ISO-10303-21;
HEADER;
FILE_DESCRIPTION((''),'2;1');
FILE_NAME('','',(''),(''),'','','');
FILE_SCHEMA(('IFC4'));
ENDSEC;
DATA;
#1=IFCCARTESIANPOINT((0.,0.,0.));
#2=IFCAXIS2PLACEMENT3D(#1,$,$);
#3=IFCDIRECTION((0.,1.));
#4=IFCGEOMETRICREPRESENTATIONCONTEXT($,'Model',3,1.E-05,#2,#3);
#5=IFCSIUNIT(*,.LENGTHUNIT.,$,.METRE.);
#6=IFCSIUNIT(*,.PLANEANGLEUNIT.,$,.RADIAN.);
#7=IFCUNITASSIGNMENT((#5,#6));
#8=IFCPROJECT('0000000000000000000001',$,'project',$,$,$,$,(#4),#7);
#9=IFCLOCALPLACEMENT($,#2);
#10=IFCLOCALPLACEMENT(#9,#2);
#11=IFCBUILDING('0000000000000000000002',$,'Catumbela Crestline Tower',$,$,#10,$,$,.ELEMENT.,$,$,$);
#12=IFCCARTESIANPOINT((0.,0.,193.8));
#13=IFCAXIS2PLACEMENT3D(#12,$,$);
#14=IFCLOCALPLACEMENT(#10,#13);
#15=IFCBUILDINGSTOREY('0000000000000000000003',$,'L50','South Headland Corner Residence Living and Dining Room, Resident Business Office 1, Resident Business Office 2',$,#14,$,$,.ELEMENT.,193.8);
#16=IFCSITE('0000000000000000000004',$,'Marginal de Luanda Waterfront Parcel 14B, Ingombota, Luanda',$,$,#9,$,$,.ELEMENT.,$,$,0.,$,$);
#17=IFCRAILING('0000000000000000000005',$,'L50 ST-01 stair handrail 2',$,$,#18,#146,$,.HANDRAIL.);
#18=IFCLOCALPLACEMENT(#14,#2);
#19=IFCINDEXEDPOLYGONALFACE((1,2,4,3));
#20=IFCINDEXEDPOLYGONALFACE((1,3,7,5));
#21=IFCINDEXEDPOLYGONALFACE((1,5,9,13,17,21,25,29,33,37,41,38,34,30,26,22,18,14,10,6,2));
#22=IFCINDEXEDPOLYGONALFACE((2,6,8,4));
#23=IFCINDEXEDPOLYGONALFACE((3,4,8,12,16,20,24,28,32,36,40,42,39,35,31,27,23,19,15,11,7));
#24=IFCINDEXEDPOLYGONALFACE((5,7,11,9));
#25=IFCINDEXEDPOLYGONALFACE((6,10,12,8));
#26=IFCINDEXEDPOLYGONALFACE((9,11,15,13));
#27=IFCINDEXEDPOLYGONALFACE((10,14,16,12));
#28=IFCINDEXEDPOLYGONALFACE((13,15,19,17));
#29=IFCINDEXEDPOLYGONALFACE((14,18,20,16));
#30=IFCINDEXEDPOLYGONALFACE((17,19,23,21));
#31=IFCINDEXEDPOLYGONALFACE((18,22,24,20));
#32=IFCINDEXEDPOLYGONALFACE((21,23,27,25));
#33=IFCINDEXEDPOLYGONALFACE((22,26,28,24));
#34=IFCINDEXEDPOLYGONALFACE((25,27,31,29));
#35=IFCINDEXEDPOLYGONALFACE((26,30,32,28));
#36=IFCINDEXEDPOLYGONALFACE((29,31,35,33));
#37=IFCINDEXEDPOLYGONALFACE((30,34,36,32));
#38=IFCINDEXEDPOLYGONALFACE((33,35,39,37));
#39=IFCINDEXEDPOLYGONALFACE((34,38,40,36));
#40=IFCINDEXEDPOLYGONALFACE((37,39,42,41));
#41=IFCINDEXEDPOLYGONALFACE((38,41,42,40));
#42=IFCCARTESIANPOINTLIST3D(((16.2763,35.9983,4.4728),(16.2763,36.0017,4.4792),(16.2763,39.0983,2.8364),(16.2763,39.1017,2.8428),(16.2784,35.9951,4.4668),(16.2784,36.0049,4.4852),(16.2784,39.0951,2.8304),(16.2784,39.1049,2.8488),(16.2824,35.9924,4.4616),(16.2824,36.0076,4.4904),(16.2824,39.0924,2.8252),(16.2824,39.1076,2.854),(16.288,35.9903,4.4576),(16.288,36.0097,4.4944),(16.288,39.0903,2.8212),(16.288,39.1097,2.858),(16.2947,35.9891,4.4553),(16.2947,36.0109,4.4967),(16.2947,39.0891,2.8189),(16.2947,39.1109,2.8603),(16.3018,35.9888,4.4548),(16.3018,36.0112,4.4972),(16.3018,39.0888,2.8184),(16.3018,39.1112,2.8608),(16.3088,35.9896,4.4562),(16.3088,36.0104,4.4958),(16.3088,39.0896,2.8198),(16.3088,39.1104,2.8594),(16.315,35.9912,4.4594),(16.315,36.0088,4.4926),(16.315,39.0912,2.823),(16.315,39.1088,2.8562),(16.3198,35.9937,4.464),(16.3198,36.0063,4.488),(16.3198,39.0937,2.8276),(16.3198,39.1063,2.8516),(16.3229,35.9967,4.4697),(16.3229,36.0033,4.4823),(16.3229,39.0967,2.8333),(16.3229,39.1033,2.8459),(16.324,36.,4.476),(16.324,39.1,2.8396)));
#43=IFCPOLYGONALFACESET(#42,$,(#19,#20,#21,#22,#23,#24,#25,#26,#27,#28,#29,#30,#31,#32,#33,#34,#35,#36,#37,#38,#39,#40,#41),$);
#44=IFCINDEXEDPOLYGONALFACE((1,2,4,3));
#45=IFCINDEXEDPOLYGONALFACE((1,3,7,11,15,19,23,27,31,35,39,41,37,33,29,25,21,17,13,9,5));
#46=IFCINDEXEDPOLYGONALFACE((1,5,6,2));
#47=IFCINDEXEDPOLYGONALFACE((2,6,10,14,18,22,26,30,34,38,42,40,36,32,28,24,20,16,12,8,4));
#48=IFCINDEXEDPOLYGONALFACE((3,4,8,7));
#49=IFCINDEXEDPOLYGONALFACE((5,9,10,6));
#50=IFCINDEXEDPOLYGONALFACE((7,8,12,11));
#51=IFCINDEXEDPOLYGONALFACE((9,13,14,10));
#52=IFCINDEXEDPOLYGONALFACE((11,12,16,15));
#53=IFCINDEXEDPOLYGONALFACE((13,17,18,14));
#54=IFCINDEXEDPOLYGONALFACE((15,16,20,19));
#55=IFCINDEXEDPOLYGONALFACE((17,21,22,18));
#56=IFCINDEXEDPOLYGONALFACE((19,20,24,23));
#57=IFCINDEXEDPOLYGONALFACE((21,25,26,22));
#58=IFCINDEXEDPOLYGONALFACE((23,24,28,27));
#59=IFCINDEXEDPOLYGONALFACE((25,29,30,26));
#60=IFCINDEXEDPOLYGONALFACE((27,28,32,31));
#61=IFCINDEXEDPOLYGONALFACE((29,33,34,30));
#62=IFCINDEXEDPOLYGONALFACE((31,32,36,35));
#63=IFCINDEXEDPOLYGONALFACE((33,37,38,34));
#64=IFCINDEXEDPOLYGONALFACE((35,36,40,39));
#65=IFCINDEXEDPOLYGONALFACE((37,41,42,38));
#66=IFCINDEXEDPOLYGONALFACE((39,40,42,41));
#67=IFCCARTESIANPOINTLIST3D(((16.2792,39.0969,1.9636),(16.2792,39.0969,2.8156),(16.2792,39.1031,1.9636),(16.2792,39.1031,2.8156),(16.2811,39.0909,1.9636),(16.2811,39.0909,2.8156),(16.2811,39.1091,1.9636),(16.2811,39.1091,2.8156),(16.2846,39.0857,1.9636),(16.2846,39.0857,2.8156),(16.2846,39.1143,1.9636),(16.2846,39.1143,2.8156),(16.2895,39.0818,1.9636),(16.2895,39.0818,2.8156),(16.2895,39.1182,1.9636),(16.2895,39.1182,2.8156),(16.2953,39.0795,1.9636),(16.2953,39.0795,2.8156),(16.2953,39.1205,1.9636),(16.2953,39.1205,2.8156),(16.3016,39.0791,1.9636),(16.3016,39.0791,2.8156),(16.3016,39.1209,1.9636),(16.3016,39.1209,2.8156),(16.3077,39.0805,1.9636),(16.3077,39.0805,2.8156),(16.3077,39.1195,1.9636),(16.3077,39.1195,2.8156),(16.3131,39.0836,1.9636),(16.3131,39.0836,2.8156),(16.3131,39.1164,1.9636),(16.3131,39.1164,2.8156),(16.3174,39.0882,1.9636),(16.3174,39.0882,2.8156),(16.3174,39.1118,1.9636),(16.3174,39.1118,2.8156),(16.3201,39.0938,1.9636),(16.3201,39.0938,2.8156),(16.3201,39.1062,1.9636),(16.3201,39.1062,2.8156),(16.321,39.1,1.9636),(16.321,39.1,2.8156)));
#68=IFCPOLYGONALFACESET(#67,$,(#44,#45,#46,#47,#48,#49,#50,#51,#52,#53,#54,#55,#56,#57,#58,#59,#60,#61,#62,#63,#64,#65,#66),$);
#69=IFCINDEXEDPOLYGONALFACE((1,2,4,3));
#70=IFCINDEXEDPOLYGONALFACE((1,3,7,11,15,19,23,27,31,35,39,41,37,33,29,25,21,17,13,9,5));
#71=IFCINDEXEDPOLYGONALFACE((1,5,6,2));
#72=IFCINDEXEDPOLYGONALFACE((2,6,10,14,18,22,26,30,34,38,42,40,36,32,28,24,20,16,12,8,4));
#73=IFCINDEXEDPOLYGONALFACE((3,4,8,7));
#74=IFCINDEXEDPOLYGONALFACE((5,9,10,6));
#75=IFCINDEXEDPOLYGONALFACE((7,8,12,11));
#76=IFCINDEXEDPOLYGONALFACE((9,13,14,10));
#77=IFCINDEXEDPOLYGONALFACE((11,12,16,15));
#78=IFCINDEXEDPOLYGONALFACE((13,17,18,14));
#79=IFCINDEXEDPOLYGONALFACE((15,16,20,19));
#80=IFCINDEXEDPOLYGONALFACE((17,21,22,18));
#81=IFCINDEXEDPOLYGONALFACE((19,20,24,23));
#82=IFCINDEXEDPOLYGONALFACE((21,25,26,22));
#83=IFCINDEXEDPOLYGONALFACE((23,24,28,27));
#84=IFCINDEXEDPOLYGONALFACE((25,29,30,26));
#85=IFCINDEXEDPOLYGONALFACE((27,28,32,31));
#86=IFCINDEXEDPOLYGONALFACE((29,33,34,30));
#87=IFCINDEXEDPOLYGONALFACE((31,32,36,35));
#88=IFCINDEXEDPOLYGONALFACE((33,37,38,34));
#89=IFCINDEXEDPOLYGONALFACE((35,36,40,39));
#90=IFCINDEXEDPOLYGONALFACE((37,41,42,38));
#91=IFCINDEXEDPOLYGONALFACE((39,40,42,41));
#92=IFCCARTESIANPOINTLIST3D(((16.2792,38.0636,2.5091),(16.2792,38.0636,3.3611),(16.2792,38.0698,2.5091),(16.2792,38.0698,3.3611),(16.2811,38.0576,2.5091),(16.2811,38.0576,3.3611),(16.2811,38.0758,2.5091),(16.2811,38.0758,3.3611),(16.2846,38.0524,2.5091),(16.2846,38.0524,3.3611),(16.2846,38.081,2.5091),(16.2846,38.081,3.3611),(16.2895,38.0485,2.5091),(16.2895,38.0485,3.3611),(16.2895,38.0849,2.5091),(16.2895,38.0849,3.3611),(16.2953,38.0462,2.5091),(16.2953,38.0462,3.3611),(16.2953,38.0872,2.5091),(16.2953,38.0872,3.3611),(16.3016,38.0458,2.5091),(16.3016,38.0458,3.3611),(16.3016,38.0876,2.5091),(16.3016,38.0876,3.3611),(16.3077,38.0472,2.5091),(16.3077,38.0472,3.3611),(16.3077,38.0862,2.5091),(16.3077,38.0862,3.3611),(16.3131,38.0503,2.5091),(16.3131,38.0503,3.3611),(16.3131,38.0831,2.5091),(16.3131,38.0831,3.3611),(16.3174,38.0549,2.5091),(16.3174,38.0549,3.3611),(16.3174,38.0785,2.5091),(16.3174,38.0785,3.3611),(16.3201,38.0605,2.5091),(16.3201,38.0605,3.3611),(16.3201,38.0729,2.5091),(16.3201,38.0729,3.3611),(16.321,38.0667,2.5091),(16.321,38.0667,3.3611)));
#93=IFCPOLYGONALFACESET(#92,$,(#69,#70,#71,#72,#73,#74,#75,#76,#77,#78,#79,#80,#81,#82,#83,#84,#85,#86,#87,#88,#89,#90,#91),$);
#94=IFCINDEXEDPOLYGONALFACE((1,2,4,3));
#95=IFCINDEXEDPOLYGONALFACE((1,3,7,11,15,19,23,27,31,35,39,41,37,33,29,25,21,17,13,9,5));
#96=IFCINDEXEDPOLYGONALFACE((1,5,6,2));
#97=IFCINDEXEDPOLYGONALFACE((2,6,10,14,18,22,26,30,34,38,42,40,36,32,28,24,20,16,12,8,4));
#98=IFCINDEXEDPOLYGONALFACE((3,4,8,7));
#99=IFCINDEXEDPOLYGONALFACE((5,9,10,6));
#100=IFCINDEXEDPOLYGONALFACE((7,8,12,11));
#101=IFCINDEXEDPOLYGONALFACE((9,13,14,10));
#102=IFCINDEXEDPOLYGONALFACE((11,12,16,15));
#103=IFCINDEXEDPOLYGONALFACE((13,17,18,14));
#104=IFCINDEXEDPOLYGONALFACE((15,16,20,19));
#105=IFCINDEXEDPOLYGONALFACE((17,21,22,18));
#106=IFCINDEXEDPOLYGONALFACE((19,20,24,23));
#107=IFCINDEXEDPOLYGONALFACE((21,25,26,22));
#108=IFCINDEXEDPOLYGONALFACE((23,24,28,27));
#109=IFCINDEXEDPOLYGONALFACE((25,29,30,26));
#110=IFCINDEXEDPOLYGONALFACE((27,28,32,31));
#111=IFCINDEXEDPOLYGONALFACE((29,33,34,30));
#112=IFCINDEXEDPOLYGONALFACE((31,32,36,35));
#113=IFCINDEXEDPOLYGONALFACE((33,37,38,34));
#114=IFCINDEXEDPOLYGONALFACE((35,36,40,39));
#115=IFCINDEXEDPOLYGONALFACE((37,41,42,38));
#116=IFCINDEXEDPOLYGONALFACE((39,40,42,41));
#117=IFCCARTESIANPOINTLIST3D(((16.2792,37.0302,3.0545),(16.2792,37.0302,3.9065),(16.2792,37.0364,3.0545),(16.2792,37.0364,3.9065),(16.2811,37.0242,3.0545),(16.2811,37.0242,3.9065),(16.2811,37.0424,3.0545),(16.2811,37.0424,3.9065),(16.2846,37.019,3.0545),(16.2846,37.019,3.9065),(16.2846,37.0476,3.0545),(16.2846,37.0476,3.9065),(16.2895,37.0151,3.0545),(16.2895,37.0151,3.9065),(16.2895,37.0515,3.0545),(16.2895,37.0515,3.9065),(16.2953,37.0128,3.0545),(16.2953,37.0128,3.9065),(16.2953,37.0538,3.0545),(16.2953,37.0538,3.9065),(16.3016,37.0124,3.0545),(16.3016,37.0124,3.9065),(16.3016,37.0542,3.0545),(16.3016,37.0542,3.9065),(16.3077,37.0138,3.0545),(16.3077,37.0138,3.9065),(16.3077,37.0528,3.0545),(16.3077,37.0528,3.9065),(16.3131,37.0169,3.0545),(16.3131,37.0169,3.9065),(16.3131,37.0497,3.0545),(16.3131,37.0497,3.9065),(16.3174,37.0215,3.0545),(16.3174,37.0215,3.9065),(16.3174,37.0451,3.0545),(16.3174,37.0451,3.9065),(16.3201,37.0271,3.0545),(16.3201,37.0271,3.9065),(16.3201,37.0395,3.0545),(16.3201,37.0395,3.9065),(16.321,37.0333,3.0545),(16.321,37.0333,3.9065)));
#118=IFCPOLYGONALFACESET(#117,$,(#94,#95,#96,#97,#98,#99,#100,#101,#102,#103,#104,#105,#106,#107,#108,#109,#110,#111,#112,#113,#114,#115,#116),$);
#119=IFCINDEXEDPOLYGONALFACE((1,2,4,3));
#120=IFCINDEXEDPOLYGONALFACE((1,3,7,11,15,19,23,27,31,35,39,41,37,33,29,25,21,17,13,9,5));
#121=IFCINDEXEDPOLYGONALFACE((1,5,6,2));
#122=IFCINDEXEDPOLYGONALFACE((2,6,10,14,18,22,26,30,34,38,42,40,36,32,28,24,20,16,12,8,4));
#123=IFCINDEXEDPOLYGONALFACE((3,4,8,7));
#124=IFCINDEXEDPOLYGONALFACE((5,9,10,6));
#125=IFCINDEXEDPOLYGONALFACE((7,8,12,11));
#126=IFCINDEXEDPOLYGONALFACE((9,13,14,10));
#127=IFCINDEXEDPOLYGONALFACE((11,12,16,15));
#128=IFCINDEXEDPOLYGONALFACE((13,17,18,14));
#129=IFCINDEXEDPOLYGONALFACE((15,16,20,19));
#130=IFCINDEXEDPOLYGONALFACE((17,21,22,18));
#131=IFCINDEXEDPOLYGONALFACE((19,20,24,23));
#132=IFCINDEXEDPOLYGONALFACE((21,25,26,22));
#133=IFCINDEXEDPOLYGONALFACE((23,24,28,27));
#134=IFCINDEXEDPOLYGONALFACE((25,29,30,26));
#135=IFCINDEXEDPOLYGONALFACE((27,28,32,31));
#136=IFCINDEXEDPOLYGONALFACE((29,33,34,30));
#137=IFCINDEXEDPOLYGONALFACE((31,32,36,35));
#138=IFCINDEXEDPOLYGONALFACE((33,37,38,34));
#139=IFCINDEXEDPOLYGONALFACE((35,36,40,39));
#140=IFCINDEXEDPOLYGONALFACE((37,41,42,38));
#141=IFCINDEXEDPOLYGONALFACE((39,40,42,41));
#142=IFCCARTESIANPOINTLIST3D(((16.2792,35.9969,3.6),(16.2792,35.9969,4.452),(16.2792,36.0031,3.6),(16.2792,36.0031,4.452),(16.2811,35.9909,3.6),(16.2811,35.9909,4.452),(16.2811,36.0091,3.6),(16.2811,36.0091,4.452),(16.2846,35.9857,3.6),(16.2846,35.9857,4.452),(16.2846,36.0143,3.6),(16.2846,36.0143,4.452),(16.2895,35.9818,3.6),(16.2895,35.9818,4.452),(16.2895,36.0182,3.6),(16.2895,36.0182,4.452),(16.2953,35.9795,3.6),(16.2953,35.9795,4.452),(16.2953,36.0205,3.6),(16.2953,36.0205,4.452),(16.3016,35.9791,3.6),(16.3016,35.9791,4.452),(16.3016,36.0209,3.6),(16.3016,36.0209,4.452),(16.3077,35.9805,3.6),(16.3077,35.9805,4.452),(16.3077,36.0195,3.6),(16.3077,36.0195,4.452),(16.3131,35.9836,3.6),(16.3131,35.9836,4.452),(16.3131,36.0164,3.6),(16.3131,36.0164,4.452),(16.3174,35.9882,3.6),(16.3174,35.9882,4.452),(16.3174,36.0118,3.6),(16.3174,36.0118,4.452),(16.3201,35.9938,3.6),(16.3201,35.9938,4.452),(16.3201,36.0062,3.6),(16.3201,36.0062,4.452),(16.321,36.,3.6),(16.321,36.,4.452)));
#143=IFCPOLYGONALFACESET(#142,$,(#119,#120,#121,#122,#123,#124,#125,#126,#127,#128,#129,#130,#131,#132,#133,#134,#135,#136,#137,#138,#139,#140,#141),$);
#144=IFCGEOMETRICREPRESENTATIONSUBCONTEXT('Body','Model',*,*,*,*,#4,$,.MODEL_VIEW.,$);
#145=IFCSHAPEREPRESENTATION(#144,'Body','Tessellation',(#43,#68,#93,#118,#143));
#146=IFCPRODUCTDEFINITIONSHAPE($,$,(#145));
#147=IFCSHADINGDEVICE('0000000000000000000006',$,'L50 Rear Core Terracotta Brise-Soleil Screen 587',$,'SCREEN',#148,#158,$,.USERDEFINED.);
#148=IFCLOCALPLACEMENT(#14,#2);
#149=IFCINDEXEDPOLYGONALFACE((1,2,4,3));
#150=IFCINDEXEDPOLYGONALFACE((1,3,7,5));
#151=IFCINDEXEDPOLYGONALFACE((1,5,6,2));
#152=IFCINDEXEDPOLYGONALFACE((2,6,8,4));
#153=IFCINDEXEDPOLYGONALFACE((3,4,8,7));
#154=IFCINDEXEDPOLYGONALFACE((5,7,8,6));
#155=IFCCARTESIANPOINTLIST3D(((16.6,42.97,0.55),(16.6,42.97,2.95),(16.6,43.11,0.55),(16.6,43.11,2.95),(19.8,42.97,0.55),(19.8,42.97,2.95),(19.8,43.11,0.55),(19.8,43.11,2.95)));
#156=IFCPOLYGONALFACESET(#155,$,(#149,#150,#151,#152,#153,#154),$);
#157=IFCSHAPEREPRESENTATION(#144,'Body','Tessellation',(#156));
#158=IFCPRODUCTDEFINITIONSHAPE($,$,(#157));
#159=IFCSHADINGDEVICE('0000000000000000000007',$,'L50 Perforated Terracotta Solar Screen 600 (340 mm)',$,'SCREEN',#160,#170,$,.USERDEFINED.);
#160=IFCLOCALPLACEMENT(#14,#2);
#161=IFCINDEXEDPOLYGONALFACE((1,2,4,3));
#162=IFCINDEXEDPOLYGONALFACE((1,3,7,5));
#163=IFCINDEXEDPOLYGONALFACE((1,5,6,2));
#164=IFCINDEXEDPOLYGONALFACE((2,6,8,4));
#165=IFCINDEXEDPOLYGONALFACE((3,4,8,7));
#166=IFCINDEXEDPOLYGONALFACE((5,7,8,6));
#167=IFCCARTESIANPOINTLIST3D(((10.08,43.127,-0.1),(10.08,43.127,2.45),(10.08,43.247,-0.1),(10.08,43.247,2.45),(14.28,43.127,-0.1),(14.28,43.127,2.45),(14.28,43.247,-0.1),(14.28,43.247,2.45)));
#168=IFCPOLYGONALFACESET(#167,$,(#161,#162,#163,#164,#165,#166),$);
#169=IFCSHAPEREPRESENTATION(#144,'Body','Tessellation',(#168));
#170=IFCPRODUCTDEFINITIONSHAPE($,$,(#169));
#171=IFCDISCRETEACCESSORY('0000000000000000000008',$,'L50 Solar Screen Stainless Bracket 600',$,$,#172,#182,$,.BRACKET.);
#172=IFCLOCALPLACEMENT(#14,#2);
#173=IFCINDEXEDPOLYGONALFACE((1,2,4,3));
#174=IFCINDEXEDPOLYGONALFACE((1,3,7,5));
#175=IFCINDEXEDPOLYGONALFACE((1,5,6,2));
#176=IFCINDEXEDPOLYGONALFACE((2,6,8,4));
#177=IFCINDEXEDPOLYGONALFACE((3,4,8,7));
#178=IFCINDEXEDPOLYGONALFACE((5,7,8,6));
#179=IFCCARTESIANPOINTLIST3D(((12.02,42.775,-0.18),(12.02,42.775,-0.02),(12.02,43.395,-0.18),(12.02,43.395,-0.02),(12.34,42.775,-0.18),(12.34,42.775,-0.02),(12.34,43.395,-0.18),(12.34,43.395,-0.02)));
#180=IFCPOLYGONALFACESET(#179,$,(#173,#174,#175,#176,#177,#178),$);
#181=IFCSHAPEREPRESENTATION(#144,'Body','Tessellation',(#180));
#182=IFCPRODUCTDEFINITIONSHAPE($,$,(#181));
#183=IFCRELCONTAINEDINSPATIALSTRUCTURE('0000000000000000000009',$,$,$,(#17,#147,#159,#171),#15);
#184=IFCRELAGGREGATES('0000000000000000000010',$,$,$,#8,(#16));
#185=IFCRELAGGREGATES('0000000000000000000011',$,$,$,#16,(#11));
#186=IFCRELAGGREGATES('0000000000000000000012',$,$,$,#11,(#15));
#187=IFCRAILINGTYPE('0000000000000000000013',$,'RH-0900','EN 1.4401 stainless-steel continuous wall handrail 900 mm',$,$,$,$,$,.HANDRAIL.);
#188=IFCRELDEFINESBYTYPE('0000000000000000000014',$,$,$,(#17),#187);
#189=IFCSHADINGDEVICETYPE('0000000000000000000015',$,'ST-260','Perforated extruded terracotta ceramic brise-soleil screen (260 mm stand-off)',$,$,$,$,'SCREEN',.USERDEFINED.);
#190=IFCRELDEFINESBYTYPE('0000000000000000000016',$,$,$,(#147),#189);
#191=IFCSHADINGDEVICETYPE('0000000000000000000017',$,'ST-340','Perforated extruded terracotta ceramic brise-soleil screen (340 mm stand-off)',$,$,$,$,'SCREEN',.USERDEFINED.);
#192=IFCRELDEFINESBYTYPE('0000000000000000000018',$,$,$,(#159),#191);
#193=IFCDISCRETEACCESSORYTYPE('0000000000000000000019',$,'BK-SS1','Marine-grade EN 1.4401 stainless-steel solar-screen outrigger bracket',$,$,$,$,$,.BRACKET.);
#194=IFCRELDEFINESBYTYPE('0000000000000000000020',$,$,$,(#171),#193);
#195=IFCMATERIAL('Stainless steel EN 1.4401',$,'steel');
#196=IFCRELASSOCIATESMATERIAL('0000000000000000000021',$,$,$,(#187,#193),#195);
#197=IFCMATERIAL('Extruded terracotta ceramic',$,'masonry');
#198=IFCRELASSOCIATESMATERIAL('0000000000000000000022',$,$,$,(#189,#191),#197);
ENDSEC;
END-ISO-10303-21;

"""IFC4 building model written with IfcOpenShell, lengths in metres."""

from ifc_helpers import new_model, si_unit, direction, frame, origin, origin_2d, place, context, subcontext, project, spatial, rectangle, circle, extrude, material, type_object, element, save


model = new_model("IFC4")

# Units and contexts
model_context = context("Model", 3, precision=1e-05, world=origin(), true_north=direction((0.0, 1.0)))
body_context = subcontext(model_context, "Body", "Model", "MODEL_VIEW")
ifc_project = project(units=[si_unit("LENGTHUNIT", "METRE"), si_unit("PLANEANGLEUNIT", "RADIAN")], contexts=[model_context])

# Site, building, storey
site_placement = place(None, origin())
site = spatial("IfcSite", under=ifc_project, at=site_placement, Name="Marginal de Luanda Waterfront Parcel 14B, Ingombota, Luanda", CompositionType="ELEMENT", RefElevation=0.0)
building_placement = place(site_placement, origin())
building = spatial("IfcBuilding", under=site, at=building_placement, Name="Catumbela Crestline Tower", CompositionType="ELEMENT")
storey_placement = place(building_placement, frame((0.0, 0.0, 193.8)))
storey = spatial("IfcBuildingStorey", under=building, at=storey_placement, Name="L50", Description="South Headland Corner Residence Living and Dining Room, Resident Business Office 1, Resident Business Office 2", CompositionType="ELEMENT", Elevation=193.8)

# Shared definitions
ifc_material_1 = material(Name="Stainless steel EN 1.4401", Category="steel")

# Railing
railing_type_1 = type_object("IfcRailingType", Name="RH-0900", Description="EN 1.4401 stainless-steel continuous wall handrail 900 mm", PredefinedType="HANDRAIL", material=ifc_material_1)
railing_1_placement = place(storey_placement, frame((16.3, 39.1, 1.9636)))
element("IfcRailing", 1, at=railing_1_placement, inside=storey, type_object=railing_type_1, Name="L50 ST-01 stair handrail 2", PredefinedType="HANDRAIL", context=body_context, shape_type="SweptSolid", body=[
    extrude(circle(Radius=0.024, at=origin_2d()), frame((0.0, 0.0, 0.876), z_axis=(0.0, -0.884351, 0.466823), x_axis=(1.0, 0.0, 0.0)), (0.0, 0.0, 1.0), 3.5054),
    extrude(circle(Radius=0.021, at=origin_2d()), origin(), (0.0, 0.0, 1.0), 0.852),
    extrude(circle(Radius=0.021, at=origin_2d()), frame((0.0, -1.0333, 0.5455)), (0.0, 0.0, 1.0), 0.852),
    extrude(circle(Radius=0.021, at=origin_2d()), frame((0.0, -2.0667, 1.0909)), (0.0, 0.0, 1.0), 0.852),
    extrude(circle(Radius=0.021, at=origin_2d()), frame((0.0, -3.1, 1.6364)), (0.0, 0.0, 1.0), 0.852),
])

# Shading devices
ifc_material_2 = material(Name="Extruded terracotta ceramic", Category="masonry")
shading_device_type_1 = type_object("IfcShadingDeviceType", Name="ST-260", Description="Perforated extruded terracotta ceramic brise-soleil screen (260 mm stand-off)", ElementType="SCREEN", PredefinedType="USERDEFINED", material=ifc_material_2)
shading_device_1_placement = place(storey_placement, frame((18.2, 43.04, 0.55), z_axis=(0.0, 0.0, 1.0), x_axis=(1.0, 0.0, 0.0)))
element("IfcShadingDevice", 2, at=shading_device_1_placement, inside=storey, type_object=shading_device_type_1, Name="L50 Rear Core Terracotta Brise-Soleil Screen 587", ObjectType="SCREEN", PredefinedType="USERDEFINED", context=body_context, shape_type="SweptSolid", body=[
    extrude(rectangle(XDim=3.2, YDim=0.14, at=origin_2d()), origin(), (0.0, 0.0, 1.0), 2.4),
])
shading_device_type_2 = type_object("IfcShadingDeviceType", Name="ST-340", Description="Perforated extruded terracotta ceramic brise-soleil screen (340 mm stand-off)", ElementType="SCREEN", PredefinedType="USERDEFINED", material=ifc_material_2)
shading_device_2_placement = place(storey_placement, frame((12.18, 43.187, -0.1), z_axis=(0.0, 0.0, 1.0), x_axis=(-1.0, 0.0, 0.0)))
element("IfcShadingDevice", 3, at=shading_device_2_placement, inside=storey, type_object=shading_device_type_2, Name="L50 Perforated Terracotta Solar Screen 600 (340 mm)", ObjectType="SCREEN", PredefinedType="USERDEFINED", context=body_context, shape_type="SweptSolid", body=[
    extrude(rectangle(XDim=4.2, YDim=0.12, at=origin_2d()), origin(), (0.0, 0.0, 1.0), 2.55),
])

# Discrete accessory
discrete_accessory_type = type_object("IfcDiscreteAccessoryType", Name="BK-SS1", Description="Marine-grade EN 1.4401 stainless-steel solar-screen outrigger bracket", PredefinedType="BRACKET", material=ifc_material_1)
discrete_accessory_placement = place(storey_placement, frame((12.18, 43.085, -0.18), z_axis=(0.0, 0.0, 1.0), x_axis=(-1.0, 0.0, 0.0)))
element("IfcDiscreteAccessory", 4, at=discrete_accessory_placement, inside=storey, type_object=discrete_accessory_type, Name="L50 Solar Screen Stainless Bracket 600", PredefinedType="BRACKET", context=body_context, shape_type="SweptSolid", body=[
    extrude(rectangle(XDim=0.32, YDim=0.62, at=origin_2d()), origin(), (0.0, 0.0, 1.0), 0.16),
])

save(model, "model.ifc")
